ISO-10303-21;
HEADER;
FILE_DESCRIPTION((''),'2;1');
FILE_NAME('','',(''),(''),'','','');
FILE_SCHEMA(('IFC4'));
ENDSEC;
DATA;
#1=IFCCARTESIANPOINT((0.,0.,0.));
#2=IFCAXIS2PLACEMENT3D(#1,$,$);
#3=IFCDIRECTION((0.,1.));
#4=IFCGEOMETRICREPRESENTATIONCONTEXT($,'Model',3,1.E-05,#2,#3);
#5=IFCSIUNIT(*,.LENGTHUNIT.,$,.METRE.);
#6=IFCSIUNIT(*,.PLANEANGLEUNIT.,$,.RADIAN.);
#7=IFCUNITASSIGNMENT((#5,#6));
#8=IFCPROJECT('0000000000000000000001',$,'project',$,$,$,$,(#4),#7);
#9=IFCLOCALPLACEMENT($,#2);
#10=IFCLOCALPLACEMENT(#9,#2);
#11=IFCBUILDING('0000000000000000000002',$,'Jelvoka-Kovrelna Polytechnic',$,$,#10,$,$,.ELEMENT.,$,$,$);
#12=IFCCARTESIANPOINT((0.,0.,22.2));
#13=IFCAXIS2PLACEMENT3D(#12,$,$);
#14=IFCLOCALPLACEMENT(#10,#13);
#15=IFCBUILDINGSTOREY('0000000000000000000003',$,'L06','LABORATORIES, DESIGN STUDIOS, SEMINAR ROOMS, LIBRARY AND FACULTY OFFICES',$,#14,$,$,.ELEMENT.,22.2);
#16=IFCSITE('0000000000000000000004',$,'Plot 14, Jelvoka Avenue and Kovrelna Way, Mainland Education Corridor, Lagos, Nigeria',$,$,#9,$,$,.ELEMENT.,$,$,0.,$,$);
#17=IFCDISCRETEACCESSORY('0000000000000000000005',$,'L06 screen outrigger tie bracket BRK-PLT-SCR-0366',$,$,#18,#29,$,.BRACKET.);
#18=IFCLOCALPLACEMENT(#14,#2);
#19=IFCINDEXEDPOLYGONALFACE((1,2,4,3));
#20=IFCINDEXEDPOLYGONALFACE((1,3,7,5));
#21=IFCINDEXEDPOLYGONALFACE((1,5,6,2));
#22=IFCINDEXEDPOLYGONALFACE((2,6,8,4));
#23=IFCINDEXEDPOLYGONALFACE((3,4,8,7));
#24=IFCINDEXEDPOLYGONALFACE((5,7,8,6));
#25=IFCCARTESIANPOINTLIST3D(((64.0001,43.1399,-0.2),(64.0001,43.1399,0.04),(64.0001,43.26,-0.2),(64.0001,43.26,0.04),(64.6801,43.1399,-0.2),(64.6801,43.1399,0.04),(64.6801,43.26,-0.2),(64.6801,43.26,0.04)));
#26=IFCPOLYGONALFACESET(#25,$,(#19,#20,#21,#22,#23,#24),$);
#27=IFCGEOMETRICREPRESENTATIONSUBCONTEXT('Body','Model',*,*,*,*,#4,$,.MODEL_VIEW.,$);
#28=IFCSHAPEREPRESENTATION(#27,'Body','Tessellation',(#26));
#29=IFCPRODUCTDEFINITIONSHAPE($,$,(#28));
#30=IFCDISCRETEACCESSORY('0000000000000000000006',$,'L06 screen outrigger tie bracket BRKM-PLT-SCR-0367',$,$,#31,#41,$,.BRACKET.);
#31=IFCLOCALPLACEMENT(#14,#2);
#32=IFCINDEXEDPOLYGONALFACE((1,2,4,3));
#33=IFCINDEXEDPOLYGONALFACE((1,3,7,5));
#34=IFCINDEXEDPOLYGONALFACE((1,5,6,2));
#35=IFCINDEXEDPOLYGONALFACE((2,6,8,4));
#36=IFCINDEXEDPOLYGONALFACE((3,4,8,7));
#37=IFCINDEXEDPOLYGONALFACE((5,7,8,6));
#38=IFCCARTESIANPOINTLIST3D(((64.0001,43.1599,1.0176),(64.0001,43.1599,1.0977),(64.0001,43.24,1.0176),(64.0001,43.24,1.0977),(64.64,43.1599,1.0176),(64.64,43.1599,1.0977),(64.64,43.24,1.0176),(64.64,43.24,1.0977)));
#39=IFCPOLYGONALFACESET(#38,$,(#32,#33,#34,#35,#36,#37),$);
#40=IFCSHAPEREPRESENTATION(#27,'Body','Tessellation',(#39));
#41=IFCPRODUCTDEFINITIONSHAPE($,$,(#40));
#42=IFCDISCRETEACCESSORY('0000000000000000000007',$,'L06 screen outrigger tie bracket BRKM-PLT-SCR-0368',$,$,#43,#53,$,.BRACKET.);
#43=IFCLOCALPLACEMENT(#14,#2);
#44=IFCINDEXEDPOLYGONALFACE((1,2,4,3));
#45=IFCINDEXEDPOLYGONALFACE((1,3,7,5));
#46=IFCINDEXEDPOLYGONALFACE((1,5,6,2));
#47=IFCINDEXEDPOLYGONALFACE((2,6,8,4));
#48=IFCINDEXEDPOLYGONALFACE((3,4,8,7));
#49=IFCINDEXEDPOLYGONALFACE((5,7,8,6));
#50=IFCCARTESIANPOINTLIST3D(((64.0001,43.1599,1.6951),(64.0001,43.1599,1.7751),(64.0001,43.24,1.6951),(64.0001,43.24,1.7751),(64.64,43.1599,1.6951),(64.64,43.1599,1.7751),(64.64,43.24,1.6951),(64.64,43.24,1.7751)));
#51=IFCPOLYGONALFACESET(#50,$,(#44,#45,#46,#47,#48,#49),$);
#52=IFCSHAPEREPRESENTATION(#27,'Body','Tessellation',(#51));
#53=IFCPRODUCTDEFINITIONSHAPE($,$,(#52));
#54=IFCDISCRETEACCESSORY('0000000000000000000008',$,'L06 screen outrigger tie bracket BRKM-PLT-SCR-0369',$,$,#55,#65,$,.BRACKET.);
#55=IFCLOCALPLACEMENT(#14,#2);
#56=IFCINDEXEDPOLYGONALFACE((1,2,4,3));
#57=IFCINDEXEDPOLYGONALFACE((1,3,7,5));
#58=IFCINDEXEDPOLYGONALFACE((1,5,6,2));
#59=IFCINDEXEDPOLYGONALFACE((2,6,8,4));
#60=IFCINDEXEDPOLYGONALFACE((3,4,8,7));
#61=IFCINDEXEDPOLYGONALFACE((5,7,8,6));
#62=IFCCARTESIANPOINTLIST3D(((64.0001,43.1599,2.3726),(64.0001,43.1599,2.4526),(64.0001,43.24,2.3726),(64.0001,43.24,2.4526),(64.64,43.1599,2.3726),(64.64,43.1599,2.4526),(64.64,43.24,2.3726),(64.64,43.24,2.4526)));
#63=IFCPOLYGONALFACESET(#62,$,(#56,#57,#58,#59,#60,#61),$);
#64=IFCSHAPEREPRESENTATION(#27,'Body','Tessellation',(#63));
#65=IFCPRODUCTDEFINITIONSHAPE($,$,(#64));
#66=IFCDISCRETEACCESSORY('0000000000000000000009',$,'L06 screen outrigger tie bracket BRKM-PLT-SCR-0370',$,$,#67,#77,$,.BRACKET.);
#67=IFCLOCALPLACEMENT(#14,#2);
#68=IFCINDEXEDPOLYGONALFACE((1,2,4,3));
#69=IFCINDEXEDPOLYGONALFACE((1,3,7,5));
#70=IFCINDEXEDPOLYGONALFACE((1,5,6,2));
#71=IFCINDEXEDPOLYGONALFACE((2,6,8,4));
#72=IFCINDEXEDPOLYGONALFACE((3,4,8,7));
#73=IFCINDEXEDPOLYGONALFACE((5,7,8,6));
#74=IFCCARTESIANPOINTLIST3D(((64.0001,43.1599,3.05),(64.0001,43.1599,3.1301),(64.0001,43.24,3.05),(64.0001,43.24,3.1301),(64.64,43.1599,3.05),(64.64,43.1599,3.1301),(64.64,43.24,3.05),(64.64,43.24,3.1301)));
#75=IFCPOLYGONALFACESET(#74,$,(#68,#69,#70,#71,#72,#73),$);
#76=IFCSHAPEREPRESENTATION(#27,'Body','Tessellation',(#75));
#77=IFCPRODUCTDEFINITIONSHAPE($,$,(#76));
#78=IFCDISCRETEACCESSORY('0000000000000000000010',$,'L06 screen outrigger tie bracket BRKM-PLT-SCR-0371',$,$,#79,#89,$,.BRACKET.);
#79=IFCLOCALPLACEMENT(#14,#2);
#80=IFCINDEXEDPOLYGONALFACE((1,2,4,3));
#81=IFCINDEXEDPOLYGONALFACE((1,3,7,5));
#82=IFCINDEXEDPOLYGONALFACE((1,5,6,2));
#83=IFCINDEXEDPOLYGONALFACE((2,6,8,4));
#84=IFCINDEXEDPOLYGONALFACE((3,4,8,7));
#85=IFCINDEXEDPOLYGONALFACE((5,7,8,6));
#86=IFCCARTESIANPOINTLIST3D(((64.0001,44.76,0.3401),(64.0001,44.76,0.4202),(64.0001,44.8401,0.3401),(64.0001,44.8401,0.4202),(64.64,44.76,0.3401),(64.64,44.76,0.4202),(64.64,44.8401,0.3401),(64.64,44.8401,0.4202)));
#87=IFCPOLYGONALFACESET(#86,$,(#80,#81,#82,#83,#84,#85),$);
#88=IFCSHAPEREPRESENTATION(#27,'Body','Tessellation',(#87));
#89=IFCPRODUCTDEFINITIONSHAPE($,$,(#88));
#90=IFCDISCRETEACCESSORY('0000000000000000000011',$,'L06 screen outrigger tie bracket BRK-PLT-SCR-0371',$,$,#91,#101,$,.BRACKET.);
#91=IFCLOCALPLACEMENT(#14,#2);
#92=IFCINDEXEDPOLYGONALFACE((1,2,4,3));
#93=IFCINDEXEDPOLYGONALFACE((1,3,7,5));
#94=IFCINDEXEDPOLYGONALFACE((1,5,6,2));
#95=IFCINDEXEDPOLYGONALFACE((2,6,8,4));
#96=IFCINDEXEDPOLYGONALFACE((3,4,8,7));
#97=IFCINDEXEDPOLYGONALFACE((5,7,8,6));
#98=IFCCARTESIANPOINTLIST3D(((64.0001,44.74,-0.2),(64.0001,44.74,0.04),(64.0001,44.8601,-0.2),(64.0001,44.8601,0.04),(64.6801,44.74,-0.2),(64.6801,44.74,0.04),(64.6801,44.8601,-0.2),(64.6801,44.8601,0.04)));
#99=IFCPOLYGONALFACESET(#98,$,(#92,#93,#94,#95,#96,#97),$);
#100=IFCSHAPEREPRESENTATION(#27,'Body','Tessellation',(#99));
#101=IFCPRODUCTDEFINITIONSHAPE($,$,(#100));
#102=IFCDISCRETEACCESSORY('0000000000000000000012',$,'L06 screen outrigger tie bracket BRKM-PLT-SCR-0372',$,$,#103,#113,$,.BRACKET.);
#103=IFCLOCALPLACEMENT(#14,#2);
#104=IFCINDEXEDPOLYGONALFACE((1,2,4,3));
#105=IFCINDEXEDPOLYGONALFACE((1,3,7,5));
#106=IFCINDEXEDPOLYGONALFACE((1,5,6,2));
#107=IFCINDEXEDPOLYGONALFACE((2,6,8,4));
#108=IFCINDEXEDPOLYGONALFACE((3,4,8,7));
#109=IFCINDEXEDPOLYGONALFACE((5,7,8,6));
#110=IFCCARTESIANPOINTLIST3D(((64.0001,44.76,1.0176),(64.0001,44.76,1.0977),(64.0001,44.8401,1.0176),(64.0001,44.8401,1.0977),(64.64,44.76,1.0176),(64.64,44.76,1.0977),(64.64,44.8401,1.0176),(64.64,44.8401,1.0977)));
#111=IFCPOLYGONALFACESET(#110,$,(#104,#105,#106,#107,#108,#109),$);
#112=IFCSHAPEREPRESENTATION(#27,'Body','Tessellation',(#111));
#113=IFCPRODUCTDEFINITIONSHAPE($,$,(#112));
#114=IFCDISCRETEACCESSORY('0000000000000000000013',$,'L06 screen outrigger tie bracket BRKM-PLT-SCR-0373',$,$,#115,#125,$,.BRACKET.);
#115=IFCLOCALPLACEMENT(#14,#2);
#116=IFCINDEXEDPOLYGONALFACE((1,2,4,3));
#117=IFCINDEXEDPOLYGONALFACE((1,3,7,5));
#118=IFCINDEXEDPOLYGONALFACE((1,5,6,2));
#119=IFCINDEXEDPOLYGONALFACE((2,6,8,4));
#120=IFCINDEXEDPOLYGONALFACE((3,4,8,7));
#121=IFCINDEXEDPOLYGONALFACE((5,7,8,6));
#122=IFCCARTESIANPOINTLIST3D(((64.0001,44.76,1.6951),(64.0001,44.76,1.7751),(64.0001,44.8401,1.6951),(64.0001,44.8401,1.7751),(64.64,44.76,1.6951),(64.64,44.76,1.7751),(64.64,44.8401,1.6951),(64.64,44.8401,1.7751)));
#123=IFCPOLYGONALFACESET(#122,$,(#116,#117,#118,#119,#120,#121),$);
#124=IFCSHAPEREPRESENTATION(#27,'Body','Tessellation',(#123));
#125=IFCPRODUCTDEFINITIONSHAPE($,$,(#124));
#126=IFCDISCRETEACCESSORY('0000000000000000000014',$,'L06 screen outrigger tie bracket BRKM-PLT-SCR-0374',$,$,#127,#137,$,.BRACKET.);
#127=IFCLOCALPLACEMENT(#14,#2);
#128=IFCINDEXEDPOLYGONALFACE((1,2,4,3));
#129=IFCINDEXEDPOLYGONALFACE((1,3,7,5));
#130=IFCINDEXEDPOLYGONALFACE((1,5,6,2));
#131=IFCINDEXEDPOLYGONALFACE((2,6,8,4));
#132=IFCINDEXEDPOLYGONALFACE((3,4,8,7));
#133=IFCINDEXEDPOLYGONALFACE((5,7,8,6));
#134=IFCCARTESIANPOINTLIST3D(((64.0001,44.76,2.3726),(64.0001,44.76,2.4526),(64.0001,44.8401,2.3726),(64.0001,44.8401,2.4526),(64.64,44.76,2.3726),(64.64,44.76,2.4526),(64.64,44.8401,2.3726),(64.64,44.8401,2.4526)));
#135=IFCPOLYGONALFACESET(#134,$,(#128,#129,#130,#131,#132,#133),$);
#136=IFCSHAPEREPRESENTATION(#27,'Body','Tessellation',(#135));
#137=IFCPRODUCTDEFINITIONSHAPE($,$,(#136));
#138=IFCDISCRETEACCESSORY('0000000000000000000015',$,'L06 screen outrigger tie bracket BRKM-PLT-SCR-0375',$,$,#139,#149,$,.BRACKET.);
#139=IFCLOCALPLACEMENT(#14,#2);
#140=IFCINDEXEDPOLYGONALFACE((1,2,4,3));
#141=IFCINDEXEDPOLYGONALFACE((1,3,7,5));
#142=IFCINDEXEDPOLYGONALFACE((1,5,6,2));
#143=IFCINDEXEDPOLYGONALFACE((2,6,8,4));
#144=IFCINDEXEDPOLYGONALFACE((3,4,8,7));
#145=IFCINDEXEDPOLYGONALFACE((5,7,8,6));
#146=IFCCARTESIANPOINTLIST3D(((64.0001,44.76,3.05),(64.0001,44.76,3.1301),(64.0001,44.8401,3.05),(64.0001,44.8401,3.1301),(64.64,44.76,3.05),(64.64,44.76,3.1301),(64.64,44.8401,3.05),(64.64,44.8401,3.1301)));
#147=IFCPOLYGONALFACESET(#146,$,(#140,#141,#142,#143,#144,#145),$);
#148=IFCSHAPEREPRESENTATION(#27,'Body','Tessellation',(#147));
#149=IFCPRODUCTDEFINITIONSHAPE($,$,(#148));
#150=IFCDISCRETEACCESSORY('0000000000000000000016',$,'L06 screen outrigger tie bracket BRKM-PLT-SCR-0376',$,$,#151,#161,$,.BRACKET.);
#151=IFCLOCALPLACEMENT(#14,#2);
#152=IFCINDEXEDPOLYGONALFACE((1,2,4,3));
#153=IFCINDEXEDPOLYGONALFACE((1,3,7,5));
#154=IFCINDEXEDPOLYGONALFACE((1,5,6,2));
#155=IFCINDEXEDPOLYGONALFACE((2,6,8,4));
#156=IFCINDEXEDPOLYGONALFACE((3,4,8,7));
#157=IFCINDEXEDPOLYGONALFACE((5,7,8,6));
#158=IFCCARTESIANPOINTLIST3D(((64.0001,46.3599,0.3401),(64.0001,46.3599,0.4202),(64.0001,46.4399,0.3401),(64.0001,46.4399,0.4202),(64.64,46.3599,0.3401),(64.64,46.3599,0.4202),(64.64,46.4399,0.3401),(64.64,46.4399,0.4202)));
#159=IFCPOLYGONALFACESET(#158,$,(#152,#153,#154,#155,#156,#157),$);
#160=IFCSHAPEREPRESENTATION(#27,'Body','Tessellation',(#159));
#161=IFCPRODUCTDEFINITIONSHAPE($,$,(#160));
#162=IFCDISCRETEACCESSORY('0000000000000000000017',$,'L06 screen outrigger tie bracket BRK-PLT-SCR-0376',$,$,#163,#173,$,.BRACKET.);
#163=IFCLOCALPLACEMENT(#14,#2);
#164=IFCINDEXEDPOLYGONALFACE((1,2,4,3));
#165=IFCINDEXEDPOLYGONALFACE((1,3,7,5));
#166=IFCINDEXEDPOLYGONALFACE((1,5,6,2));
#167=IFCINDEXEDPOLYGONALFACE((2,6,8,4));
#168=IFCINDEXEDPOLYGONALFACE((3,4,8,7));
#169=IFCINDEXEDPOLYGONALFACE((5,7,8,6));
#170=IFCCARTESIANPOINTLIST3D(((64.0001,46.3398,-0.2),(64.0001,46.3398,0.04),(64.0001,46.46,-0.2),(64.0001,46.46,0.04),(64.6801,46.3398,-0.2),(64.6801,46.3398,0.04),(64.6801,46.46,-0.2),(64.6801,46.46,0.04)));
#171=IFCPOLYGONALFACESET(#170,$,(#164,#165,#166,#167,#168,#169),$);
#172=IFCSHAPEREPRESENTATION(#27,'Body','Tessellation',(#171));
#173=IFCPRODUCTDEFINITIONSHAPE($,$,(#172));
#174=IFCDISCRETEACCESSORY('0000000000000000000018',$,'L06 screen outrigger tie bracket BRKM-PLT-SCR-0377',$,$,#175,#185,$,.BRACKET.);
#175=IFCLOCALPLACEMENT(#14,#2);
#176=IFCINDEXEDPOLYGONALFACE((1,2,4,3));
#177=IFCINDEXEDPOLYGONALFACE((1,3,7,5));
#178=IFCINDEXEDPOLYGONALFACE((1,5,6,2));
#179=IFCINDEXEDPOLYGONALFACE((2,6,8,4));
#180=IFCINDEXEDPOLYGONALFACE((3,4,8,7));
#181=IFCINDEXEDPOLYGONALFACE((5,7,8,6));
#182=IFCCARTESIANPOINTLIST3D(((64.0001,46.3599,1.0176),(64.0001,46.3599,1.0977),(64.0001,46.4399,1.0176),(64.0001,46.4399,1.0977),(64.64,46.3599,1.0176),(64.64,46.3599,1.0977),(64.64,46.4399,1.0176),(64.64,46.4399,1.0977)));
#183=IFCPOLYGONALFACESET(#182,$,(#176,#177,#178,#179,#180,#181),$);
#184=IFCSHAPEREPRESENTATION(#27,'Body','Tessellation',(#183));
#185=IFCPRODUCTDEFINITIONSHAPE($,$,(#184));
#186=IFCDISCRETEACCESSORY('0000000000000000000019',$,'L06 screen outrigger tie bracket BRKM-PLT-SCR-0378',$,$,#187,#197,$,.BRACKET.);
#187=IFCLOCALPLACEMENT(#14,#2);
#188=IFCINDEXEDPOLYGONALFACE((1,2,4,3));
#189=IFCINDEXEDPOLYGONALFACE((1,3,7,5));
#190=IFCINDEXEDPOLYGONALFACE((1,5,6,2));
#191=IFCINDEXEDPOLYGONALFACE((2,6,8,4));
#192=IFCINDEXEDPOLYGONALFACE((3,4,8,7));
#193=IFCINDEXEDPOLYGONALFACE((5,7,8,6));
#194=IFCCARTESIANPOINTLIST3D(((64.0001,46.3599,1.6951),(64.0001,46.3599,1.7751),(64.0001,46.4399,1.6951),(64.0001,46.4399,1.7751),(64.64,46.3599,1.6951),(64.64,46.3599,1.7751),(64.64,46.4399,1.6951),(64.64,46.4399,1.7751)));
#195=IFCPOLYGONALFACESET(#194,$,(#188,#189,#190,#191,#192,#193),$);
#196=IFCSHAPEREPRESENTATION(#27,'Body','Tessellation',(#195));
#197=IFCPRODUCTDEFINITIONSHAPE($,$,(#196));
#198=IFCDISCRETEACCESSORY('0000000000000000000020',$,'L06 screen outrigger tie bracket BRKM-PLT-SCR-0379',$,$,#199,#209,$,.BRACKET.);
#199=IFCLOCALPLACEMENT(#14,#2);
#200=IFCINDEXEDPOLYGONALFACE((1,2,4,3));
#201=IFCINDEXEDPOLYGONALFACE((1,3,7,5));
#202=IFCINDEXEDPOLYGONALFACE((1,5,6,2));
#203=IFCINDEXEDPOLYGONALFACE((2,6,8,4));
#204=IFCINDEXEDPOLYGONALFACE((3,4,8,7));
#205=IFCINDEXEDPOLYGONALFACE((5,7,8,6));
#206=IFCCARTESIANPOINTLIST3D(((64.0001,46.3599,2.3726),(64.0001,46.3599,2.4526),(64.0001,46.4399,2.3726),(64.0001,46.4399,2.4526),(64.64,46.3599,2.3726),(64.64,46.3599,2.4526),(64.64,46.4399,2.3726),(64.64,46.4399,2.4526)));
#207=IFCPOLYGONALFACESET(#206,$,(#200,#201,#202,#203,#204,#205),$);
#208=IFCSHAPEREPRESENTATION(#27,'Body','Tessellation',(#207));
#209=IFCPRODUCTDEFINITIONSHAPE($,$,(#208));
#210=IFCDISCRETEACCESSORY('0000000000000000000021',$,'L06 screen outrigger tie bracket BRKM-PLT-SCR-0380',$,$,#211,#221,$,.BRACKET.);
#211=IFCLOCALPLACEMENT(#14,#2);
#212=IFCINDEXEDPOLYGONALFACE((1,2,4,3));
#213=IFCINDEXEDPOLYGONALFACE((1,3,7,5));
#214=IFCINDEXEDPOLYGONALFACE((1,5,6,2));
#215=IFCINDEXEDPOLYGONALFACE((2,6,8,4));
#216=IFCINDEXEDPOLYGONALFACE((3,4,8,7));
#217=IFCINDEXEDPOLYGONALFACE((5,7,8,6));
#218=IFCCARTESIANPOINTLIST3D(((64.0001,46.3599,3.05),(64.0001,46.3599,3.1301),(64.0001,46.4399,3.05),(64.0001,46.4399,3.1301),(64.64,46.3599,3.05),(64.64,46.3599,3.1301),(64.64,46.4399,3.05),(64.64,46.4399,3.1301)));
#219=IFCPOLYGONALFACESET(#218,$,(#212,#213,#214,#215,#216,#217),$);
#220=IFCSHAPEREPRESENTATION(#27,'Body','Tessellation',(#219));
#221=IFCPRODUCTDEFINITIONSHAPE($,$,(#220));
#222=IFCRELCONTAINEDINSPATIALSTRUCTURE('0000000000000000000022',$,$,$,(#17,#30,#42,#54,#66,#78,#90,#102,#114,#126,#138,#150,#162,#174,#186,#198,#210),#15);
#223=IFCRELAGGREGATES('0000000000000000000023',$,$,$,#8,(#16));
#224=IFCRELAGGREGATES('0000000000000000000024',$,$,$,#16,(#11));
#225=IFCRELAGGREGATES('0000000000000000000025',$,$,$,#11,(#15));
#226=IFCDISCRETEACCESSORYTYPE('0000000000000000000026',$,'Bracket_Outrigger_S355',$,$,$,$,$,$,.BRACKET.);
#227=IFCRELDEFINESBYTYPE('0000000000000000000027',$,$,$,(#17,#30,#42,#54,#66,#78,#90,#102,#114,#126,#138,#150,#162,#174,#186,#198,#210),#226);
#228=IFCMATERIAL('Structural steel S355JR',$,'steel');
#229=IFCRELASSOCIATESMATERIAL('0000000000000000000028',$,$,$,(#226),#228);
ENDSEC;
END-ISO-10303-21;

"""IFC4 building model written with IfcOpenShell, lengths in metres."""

from ifc_helpers import new_model, si_unit, direction, frame, origin, origin_2d, place, context, subcontext, project, spatial, rectangle, extrude, material, type_object, element, save


model = new_model("IFC4")

# Units and contexts
model_context = context("Model", 3, precision=1e-05, world=origin(), true_north=direction((0.0, 1.0)))
body_context = subcontext(model_context, "Body", "Model", "MODEL_VIEW")
ifc_project = project(units=[si_unit("LENGTHUNIT", "METRE"), si_unit("PLANEANGLEUNIT", "RADIAN")], contexts=[model_context])

# Site, building, storey
site_placement = place(None, origin())
site = spatial("IfcSite", under=ifc_project, at=site_placement, Name="Plot 14, Jelvoka Avenue and Kovrelna Way, Mainland Education Corridor, Lagos, Nigeria", CompositionType="ELEMENT", RefElevation=0.0)
building_placement = place(site_placement, origin())
building = spatial("IfcBuilding", under=site, at=building_placement, Name="Jelvoka-Kovrelna Polytechnic", CompositionType="ELEMENT")
storey_placement = place(building_placement, frame((0.0, 0.0, 22.2)))
storey = spatial("IfcBuildingStorey", under=building, at=storey_placement, Name="L06", Description="LABORATORIES, DESIGN STUDIOS, SEMINAR ROOMS, LIBRARY AND FACULTY OFFICES", CompositionType="ELEMENT", Elevation=22.2)

# Discrete accessories
ifc_material_1 = material(Name="Structural steel S355JR", Category="steel")
discrete_accessory_type = type_object("IfcDiscreteAccessoryType", Name="Bracket_Outrigger_S355", PredefinedType="BRACKET", material=ifc_material_1)
discrete_accessory_1_placement = place(storey_placement, frame((64.3401, 43.2, -0.2), z_axis=(0.0, 0.0, 1.0), x_axis=(1.0, 0.0, 0.0)))
element("IfcDiscreteAccessory", 1, at=discrete_accessory_1_placement, inside=storey, type_object=discrete_accessory_type, Name="L06 screen outrigger tie bracket BRK-PLT-SCR-0366", PredefinedType="BRACKET", context=body_context, shape_type="SweptSolid", body=[
    extrude(rectangle(XDim=0.6799, YDim=0.1201, at=origin_2d()), origin(), (0.0, 0.0, 1.0), 0.24),
])
for number, where, z_axis, x_axis, name in (
    (2, (64.3201, 43.2, 1.0176), (0.0, 0.0, 1.0), (1.0, 0.0, 0.0), "L06 screen outrigger tie bracket BRKM-PLT-SCR-0367"),
    (3, (64.3201, 43.2, 1.6951), (0.0, 0.0, 1.0), (1.0, 0.0, 0.0), "L06 screen outrigger tie bracket BRKM-PLT-SCR-0368"),
    (4, (64.3201, 43.2, 2.3726), (0.0, 0.0, 1.0), (1.0, 0.0, 0.0), "L06 screen outrigger tie bracket BRKM-PLT-SCR-0369"),
    (5, (64.3201, 43.2, 3.05), (0.0, 0.0, 1.0), (1.0, 0.0, 0.0), "L06 screen outrigger tie bracket BRKM-PLT-SCR-0370"),
    (6, (64.3201, 44.8, 0.3401), (0.0, 0.0, 1.0), (1.0, 0.0, 0.0), "L06 screen outrigger tie bracket BRKM-PLT-SCR-0371"),
):
    element("IfcDiscreteAccessory", number, at=place(storey_placement, frame(where, z_axis=z_axis, x_axis=x_axis)), inside=storey, type_object=discrete_accessory_type, Name=name, PredefinedType="BRACKET", context=body_context, shape_type="SweptSolid", body=[
        extrude(rectangle(XDim=0.6399, YDim=0.0801, at=origin_2d()), origin(), (0.0, 0.0, 1.0), 0.0801),
    ])
discrete_accessory_2_placement = place(storey_placement, frame((64.3401, 44.8, -0.2), z_axis=(0.0, 0.0, 1.0), x_axis=(1.0, 0.0, 0.0)))
element("IfcDiscreteAccessory", 7, at=discrete_accessory_2_placement, inside=storey, type_object=discrete_accessory_type, Name="L06 screen outrigger tie bracket BRK-PLT-SCR-0371", PredefinedType="BRACKET", context=body_context, shape_type="SweptSolid", body=[
    extrude(rectangle(XDim=0.6799, YDim=0.1201, at=origin_2d()), origin(), (0.0, 0.0, 1.0), 0.24),
])
for number, where, z_axis, x_axis, name in (
    (8, (64.3201, 44.8, 1.0176), (0.0, 0.0, 1.0), (1.0, 0.0, 0.0), "L06 screen outrigger tie bracket BRKM-PLT-SCR-0372"),
    (9, (64.3201, 44.8, 1.6951), (0.0, 0.0, 1.0), (1.0, 0.0, 0.0), "L06 screen outrigger tie bracket BRKM-PLT-SCR-0373"),
    (10, (64.3201, 44.8, 2.3726), (0.0, 0.0, 1.0), (1.0, 0.0, 0.0), "L06 screen outrigger tie bracket BRKM-PLT-SCR-0374"),
    (11, (64.3201, 44.8, 3.05), (0.0, 0.0, 1.0), (1.0, 0.0, 0.0), "L06 screen outrigger tie bracket BRKM-PLT-SCR-0375"),
    (12, (64.3201, 46.3999, 0.3401), (0.0, 0.0, 1.0), (1.0, 0.0, 0.0), "L06 screen outrigger tie bracket BRKM-PLT-SCR-0376"),
):
    element("IfcDiscreteAccessory", number, at=place(storey_placement, frame(where, z_axis=z_axis, x_axis=x_axis)), inside=storey, type_object=discrete_accessory_type, Name=name, PredefinedType="BRACKET", context=body_context, shape_type="SweptSolid", body=[
        extrude(rectangle(XDim=0.6399, YDim=0.0801, at=origin_2d()), origin(), (0.0, 0.0, 1.0), 0.0801),
    ])
discrete_accessory_3_placement = place(storey_placement, frame((64.3401, 46.3999, -0.2), z_axis=(0.0, 0.0, 1.0), x_axis=(1.0, 0.0, 0.0)))
element("IfcDiscreteAccessory", 13, at=discrete_accessory_3_placement, inside=storey, type_object=discrete_accessory_type, Name="L06 screen outrigger tie bracket BRK-PLT-SCR-0376", PredefinedType="BRACKET", context=body_context, shape_type="SweptSolid", body=[
    extrude(rectangle(XDim=0.6799, YDim=0.1201, at=origin_2d()), origin(), (0.0, 0.0, 1.0), 0.24),
])
for number, where, z_axis, x_axis, name in (
    (14, (64.3201, 46.3999, 1.0176), (0.0, 0.0, 1.0), (1.0, 0.0, 0.0), "L06 screen outrigger tie bracket BRKM-PLT-SCR-0377"),
    (15, (64.3201, 46.3999, 1.6951), (0.0, 0.0, 1.0), (1.0, 0.0, 0.0), "L06 screen outrigger tie bracket BRKM-PLT-SCR-0378"),
    (16, (64.3201, 46.3999, 2.3726), (0.0, 0.0, 1.0), (1.0, 0.0, 0.0), "L06 screen outrigger tie bracket BRKM-PLT-SCR-0379"),
    (17, (64.3201, 46.3999, 3.05), (0.0, 0.0, 1.0), (1.0, 0.0, 0.0), "L06 screen outrigger tie bracket BRKM-PLT-SCR-0380"),
):
    element("IfcDiscreteAccessory", number, at=place(storey_placement, frame(where, z_axis=z_axis, x_axis=x_axis)), inside=storey, type_object=discrete_accessory_type, Name=name, PredefinedType="BRACKET", context=body_context, shape_type="SweptSolid", body=[
        extrude(rectangle(XDim=0.6399, YDim=0.0801, at=origin_2d()), origin(), (0.0, 0.0, 1.0), 0.0801),
    ])

save(model, "model.ifc")
